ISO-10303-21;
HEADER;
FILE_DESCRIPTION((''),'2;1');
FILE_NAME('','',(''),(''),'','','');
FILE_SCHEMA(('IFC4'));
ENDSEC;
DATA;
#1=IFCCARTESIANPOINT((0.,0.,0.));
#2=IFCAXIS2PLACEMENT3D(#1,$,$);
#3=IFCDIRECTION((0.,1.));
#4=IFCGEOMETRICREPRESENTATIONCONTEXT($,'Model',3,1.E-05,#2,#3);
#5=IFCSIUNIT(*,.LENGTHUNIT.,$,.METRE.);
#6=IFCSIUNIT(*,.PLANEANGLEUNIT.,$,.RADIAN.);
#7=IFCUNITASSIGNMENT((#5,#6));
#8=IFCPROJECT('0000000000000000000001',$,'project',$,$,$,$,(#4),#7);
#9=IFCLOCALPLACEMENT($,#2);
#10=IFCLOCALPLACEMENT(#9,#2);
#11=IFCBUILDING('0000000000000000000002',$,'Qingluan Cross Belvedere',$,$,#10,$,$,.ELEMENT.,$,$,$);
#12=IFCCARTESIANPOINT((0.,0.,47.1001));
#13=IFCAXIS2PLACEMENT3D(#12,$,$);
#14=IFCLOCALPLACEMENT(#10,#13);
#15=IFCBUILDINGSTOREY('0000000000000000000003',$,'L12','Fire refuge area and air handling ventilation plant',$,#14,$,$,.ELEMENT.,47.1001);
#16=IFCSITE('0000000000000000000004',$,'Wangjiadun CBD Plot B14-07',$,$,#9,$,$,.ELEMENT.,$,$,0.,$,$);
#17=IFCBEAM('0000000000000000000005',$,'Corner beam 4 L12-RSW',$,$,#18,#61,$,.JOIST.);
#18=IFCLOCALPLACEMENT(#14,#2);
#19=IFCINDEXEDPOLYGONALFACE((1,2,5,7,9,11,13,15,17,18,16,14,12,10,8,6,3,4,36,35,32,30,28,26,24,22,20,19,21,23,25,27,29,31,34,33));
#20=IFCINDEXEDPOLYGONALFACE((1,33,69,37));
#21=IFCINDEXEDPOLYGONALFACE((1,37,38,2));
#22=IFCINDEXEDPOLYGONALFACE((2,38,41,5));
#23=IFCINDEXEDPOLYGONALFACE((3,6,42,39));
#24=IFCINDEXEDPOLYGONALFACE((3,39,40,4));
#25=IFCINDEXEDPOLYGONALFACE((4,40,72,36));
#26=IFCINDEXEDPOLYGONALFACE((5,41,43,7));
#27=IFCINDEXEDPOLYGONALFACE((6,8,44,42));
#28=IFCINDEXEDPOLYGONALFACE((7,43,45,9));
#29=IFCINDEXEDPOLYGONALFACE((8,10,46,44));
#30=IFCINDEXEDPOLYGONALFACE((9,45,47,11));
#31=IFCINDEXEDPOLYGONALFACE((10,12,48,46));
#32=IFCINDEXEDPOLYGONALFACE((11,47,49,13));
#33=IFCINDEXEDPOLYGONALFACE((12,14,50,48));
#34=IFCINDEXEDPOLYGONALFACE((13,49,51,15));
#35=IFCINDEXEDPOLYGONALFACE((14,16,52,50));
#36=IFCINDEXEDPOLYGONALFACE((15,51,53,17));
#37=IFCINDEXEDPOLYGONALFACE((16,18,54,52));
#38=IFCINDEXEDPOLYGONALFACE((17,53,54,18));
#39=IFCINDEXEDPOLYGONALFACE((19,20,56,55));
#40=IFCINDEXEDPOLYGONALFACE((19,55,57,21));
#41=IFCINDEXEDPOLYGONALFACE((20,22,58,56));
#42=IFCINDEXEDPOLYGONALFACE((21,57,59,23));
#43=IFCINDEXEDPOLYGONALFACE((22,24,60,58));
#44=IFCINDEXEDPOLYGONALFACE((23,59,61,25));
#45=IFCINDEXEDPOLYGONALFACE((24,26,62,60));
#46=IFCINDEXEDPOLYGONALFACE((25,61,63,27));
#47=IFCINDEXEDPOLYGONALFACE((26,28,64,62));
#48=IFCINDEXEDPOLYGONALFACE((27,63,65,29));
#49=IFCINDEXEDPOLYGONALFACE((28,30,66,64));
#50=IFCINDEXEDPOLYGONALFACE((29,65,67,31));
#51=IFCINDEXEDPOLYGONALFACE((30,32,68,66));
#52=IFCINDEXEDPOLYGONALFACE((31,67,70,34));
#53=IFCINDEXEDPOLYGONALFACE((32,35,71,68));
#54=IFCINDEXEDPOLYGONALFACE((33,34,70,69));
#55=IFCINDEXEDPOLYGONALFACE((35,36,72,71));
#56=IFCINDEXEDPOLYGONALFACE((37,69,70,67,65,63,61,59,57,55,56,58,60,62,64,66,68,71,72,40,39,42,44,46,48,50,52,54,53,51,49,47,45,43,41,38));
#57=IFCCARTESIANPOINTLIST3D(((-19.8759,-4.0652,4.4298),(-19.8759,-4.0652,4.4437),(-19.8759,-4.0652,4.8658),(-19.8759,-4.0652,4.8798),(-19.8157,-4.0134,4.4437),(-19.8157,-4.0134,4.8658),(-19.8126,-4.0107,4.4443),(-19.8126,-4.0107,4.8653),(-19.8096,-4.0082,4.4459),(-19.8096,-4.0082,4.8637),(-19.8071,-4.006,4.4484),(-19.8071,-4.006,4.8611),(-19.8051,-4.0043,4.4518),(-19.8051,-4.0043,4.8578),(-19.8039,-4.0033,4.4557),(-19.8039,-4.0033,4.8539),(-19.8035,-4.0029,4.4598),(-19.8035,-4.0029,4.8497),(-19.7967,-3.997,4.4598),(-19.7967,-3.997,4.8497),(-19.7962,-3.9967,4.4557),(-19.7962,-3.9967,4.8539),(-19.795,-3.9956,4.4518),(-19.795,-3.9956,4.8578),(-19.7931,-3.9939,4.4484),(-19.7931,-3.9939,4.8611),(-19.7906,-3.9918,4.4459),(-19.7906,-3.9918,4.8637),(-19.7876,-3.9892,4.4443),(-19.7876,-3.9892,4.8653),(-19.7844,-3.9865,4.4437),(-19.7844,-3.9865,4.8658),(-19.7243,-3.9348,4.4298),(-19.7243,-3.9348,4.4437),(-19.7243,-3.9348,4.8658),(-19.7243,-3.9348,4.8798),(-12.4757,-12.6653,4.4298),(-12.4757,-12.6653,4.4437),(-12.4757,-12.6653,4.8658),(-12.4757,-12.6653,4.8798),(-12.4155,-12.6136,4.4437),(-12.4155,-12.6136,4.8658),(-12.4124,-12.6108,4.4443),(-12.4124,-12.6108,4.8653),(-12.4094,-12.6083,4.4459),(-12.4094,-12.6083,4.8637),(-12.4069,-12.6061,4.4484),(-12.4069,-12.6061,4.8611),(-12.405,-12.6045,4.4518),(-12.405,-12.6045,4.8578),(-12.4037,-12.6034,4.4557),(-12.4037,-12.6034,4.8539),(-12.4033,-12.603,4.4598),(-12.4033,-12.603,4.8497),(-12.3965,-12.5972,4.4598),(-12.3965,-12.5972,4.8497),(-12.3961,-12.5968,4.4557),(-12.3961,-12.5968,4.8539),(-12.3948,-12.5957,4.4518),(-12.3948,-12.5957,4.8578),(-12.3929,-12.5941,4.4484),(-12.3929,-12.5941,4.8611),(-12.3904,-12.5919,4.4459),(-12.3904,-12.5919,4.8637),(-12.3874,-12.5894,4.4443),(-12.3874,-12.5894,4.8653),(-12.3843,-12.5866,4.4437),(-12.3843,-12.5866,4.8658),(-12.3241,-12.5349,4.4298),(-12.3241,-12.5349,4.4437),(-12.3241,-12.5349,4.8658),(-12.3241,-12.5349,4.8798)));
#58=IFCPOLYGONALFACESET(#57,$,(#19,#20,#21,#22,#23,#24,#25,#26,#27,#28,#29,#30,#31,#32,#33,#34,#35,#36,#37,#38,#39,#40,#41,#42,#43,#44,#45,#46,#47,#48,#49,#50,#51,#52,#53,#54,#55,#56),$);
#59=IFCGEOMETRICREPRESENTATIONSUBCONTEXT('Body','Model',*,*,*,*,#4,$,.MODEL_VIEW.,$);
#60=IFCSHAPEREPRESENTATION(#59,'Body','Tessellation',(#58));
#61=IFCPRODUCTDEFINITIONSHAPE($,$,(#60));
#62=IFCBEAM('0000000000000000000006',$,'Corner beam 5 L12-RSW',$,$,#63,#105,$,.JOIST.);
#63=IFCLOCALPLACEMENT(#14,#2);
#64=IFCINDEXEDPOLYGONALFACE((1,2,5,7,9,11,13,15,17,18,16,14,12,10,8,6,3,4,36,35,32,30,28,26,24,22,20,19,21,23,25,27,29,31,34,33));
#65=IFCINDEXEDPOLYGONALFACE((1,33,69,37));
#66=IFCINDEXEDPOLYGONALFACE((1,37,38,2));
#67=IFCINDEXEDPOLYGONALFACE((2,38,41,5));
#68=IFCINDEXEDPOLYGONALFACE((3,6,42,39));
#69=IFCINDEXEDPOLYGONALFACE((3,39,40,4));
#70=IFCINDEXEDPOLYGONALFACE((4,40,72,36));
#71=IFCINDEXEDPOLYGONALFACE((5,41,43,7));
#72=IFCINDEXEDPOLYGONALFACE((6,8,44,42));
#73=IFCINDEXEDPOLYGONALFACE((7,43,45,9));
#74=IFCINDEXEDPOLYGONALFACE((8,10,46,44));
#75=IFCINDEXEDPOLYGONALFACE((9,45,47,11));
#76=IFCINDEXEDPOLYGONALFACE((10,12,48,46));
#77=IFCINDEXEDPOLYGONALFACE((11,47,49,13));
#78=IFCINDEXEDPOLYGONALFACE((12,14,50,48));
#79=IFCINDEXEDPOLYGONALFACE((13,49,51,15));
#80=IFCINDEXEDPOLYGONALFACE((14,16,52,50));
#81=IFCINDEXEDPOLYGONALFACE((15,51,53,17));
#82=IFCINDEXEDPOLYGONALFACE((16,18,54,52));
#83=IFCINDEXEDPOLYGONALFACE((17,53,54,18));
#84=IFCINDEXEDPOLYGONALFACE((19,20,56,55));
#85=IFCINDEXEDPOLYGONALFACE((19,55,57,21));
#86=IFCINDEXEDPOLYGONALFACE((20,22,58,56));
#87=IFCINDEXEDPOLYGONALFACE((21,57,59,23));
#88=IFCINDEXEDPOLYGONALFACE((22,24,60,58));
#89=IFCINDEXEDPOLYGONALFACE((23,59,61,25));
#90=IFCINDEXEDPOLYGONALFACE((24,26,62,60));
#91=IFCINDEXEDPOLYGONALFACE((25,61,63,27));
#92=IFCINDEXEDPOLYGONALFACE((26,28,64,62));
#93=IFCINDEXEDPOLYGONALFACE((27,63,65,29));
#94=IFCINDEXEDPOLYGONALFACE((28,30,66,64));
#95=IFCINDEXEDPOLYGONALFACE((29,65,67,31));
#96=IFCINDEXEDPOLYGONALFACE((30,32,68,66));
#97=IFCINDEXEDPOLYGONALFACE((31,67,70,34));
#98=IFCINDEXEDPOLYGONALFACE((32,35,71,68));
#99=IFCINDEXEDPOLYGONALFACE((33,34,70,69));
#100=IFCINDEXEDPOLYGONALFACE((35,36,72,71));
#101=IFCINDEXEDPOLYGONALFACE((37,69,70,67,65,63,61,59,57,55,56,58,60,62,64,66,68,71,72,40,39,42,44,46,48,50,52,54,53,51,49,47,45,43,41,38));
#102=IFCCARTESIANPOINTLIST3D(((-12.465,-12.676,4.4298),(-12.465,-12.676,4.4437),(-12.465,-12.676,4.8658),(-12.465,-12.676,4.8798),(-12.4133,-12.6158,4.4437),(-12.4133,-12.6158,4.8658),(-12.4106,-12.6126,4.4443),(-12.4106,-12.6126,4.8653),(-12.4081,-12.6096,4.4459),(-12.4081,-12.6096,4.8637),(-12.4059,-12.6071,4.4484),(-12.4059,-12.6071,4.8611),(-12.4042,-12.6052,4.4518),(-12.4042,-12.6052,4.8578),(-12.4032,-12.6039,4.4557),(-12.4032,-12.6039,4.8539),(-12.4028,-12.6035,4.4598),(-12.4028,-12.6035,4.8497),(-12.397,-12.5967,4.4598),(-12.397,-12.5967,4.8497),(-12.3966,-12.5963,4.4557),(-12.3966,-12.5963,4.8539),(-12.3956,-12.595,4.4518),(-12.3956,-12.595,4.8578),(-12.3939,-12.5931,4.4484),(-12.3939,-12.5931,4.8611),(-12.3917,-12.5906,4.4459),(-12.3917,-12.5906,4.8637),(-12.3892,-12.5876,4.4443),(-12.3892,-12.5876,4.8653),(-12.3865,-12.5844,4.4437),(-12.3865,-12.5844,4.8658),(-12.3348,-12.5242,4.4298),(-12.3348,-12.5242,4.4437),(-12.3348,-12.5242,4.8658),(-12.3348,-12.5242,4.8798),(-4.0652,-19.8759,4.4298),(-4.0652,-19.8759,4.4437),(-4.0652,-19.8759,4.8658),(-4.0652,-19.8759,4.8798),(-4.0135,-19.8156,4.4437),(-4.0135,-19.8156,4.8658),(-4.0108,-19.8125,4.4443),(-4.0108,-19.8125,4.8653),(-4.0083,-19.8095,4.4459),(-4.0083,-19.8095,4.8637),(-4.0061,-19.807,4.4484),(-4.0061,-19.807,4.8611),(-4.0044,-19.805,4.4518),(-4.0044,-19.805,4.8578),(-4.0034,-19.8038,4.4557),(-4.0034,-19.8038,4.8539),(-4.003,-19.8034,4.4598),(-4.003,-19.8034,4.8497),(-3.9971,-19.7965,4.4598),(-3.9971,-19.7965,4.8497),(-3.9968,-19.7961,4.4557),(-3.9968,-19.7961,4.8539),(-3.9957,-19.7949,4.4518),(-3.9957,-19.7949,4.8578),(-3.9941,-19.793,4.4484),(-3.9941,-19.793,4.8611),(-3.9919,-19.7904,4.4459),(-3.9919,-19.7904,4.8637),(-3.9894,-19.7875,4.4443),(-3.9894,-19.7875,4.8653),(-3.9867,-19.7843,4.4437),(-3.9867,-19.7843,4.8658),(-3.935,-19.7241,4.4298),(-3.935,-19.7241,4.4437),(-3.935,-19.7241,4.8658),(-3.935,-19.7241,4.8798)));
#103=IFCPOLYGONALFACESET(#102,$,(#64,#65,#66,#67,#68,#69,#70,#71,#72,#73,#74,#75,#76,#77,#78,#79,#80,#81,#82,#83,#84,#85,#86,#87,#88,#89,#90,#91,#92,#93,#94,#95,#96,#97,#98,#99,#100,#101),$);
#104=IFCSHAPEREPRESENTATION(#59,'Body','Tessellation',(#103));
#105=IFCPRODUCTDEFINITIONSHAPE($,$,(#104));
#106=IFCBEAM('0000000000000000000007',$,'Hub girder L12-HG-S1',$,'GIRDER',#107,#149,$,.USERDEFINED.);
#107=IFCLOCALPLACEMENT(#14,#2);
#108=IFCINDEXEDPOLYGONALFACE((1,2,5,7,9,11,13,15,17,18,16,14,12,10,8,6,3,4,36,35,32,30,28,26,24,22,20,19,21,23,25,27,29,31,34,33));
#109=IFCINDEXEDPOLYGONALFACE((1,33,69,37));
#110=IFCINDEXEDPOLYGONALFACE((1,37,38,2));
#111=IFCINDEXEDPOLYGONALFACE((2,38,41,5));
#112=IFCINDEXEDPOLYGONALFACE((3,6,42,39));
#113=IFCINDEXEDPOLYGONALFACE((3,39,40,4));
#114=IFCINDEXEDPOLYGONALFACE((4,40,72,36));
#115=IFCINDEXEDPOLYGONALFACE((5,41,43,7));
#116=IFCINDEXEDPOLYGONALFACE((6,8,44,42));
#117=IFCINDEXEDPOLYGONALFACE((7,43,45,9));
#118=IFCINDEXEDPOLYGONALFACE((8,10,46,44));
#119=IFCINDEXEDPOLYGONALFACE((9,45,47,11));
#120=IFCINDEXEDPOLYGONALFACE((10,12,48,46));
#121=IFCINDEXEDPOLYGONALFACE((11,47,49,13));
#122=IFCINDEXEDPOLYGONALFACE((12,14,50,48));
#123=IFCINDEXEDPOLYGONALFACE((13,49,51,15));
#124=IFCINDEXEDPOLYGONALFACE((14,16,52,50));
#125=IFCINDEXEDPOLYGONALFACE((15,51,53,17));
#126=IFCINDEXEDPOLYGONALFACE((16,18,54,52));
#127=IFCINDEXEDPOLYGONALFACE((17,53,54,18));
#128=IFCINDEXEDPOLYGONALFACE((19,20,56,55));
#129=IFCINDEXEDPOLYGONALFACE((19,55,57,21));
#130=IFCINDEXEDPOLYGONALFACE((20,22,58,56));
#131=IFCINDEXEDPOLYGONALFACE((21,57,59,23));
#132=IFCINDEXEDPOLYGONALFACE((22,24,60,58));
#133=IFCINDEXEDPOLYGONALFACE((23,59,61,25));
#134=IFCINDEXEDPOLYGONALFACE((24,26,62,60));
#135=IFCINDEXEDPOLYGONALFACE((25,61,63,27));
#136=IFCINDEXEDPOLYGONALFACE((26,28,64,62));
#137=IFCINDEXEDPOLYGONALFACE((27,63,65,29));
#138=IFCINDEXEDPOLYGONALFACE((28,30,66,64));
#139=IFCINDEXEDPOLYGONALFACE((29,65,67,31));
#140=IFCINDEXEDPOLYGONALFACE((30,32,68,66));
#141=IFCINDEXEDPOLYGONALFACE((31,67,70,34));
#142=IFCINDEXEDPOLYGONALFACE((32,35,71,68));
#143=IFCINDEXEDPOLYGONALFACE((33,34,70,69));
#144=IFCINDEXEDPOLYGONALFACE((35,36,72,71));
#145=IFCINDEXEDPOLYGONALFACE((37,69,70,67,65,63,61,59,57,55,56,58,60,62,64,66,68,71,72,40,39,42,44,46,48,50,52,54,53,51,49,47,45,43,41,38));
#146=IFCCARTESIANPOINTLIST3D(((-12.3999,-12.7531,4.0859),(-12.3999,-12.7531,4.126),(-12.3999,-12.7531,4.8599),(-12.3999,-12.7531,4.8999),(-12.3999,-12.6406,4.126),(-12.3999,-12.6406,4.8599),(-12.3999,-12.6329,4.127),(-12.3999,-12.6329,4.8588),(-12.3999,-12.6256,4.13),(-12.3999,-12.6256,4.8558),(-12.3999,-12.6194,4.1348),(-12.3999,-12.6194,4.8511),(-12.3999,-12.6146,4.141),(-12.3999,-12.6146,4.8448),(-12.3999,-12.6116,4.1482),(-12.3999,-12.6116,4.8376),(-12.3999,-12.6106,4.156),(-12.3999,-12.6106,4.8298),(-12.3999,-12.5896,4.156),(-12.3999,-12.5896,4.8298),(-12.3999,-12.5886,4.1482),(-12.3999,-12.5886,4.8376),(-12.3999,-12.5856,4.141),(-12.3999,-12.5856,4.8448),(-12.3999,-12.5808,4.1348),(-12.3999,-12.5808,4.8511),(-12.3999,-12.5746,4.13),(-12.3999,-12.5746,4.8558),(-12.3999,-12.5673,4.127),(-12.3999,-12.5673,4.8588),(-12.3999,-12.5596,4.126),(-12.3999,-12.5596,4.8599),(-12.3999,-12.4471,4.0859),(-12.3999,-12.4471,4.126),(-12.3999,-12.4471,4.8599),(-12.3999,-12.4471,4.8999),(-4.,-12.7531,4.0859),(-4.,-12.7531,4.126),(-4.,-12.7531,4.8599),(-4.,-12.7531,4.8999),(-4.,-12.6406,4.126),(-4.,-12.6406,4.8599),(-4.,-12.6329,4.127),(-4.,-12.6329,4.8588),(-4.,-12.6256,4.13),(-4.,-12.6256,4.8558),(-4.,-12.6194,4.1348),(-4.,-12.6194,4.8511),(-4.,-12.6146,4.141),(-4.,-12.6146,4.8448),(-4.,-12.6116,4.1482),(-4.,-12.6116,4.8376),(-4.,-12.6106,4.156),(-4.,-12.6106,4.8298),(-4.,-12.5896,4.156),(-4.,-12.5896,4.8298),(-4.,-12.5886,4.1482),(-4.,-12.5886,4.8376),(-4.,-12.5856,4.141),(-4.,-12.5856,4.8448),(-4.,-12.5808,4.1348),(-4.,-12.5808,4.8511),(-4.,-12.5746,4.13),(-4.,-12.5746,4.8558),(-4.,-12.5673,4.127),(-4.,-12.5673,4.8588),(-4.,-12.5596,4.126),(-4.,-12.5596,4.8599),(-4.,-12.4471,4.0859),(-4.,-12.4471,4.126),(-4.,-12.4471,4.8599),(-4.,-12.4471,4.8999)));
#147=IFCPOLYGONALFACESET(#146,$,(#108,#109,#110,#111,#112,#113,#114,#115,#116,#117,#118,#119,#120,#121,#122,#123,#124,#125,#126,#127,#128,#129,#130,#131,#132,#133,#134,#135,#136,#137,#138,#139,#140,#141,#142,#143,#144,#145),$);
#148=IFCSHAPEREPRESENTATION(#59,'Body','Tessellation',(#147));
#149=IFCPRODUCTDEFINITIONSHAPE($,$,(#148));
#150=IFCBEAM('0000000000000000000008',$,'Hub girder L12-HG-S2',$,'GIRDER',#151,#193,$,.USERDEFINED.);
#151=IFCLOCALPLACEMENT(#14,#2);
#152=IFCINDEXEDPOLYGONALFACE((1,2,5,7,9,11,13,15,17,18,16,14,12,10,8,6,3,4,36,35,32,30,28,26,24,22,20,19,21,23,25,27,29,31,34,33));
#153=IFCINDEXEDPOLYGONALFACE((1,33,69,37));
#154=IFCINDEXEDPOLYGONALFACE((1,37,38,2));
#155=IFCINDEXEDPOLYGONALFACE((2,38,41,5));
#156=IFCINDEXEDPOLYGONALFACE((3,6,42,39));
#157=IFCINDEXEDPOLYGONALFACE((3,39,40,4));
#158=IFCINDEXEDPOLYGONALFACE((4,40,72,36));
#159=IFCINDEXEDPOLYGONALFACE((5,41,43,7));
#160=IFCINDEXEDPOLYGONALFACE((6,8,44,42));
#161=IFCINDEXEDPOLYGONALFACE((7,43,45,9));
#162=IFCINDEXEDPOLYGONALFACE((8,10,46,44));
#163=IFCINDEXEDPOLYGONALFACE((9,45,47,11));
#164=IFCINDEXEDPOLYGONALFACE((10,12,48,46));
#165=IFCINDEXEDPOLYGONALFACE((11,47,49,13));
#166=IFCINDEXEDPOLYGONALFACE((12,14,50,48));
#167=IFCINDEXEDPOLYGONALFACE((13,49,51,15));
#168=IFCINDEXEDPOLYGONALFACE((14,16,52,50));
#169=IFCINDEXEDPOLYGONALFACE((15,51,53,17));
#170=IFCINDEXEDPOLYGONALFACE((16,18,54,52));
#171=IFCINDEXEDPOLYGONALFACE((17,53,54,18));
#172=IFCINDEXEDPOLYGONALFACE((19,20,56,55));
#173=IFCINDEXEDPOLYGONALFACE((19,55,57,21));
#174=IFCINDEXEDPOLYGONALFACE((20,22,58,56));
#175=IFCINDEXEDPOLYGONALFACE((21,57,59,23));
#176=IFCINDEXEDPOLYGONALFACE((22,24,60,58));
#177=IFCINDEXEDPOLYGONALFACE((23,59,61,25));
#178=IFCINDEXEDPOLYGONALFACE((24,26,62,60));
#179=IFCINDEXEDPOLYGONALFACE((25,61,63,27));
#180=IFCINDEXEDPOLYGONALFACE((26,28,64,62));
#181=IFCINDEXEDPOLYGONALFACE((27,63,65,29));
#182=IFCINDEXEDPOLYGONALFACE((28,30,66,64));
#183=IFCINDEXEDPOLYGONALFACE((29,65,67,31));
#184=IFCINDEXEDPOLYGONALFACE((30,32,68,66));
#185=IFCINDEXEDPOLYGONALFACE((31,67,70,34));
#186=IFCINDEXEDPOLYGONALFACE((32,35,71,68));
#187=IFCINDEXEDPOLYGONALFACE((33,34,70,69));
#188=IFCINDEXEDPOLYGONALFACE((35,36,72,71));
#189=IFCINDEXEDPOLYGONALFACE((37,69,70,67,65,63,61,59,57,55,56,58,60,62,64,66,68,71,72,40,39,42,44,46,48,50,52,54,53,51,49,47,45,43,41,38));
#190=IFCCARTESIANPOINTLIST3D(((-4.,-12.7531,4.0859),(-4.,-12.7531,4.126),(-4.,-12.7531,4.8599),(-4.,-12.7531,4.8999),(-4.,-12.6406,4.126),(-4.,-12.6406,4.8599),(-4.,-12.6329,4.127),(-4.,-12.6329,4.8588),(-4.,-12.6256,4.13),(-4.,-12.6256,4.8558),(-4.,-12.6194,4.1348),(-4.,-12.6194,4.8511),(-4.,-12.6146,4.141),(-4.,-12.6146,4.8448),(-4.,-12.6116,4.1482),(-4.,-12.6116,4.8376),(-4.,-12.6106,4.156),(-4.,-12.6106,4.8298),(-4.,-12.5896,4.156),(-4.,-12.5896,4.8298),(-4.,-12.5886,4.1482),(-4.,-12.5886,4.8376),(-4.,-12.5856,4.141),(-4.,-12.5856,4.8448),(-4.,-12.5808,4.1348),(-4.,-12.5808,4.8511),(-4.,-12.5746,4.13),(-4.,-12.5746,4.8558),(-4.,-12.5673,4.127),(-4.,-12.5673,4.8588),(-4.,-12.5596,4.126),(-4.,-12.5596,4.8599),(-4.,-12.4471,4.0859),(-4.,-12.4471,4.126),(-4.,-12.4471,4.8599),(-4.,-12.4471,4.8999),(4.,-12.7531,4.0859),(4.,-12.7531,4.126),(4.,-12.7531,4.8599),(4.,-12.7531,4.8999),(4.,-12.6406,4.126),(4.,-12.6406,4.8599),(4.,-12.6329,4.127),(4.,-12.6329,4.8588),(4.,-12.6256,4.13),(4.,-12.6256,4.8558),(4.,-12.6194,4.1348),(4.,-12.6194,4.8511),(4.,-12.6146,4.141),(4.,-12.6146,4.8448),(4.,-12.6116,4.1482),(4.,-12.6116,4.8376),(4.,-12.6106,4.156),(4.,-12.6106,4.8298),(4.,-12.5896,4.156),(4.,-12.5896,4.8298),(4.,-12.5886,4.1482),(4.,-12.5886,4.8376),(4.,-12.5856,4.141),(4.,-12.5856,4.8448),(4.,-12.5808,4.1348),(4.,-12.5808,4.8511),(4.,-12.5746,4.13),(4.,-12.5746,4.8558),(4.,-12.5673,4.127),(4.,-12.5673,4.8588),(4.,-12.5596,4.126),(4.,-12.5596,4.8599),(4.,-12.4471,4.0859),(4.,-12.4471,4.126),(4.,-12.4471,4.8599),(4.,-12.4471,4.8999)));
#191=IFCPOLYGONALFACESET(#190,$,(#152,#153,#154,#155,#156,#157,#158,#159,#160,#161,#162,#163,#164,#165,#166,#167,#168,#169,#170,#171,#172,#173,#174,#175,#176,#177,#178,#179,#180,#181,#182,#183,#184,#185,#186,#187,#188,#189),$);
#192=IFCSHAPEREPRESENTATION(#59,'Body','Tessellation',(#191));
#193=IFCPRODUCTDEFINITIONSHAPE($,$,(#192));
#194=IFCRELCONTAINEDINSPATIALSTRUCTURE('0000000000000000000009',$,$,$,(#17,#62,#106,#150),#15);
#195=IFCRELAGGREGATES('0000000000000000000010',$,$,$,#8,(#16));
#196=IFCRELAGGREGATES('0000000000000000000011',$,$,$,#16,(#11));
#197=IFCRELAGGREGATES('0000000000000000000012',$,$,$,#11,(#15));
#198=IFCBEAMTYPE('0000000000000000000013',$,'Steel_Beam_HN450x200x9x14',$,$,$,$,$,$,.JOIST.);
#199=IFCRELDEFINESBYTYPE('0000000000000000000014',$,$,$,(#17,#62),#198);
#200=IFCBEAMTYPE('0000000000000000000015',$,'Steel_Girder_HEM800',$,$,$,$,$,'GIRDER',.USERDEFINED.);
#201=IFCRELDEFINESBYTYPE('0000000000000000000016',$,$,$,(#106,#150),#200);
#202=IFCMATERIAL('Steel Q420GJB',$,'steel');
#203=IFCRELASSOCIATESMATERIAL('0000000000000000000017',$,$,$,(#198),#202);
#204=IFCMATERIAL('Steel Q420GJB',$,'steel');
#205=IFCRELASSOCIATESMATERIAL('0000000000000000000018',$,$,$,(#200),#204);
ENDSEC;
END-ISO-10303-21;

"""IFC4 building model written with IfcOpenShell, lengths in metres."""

from ifc_helpers import new_model, si_unit, direction, frame, origin, origin_2d, place, context, subcontext, project, spatial, i_section, extrude, material, material_profile, profile_set, type_object, element, save


model = new_model("IFC4")

# Units and contexts
model_context = context("Model", 3, precision=1e-05, world=origin(), true_north=direction((0.0, 1.0)))
body_context = subcontext(model_context, "Body", "Model", "MODEL_VIEW")
ifc_project = project(units=[si_unit("LENGTHUNIT", "METRE"), si_unit("PLANEANGLEUNIT", "RADIAN")], contexts=[model_context])

# Site, building, storey
site_placement = place(None, origin())
site = spatial("IfcSite", under=ifc_project, at=site_placement, Name="Wangjiadun CBD Plot B14-07", CompositionType="ELEMENT", RefElevation=0.0)
building_placement = place(site_placement, origin())
building = spatial("IfcBuilding", under=site, at=building_placement, Name="Qingluan Cross Belvedere", CompositionType="ELEMENT")
storey_placement = place(building_placement, frame((0.0, 0.0, 47.1001)))
storey = spatial("IfcBuildingStorey", under=building, at=storey_placement, Name="L12", Description="Fire refuge area and air handling ventilation plant", CompositionType="ELEMENT", Elevation=47.1001)

# Beams
ifc_material_1 = material(Name="Steel Q420GJB", Category="steel")
ifc_material_profile_1 = material_profile(ifc_material_1, i_section(OverallWidth=0.2, OverallDepth=0.45, WebThickness=0.009, FlangeThickness=0.0139, FilletRadius=0.0161, at=origin_2d()), Name="HN450x200x9x14")
ifc_profile_set_1 = profile_set([ifc_material_profile_1], Name="Steel Q420GJB")
beam_type_1 = type_object("IfcBeamType", Name="Steel_Beam_HN450x200x9x14", PredefinedType="JOIST", material=ifc_profile_set_1)
beam_1_placement = place(storey_placement, frame((-12.3999, -12.6001, 4.6548), z_axis=(-0.652245, 0.758008, 0.0), x_axis=(-0.758008, -0.652245, 0.0)))
element("IfcBeam", 1, at=beam_1_placement, inside=storey, type_object=beam_type_1, Name="Corner beam 4 L12-RSW", PredefinedType="JOIST", context=body_context, shape_type="SweptSolid", body=[
    extrude(i_section(OverallWidth=0.2, OverallDepth=0.45, WebThickness=0.009, FlangeThickness=0.0139, FilletRadius=0.0161, at=origin_2d()), origin(), (0.0, 0.0, 1.0), 11.3457),
])
beam_2_placement = place(storey_placement, frame((-12.3999, -12.6001, 4.6548), z_axis=(0.759255, -0.650793, 0.0), x_axis=(0.650793, 0.759255, 0.0)))
element("IfcBeam", 2, at=beam_2_placement, inside=storey, type_object=beam_type_1, Name="Corner beam 5 L12-RSW", PredefinedType="JOIST", context=body_context, shape_type="SweptSolid", body=[
    extrude(i_section(OverallWidth=0.2, OverallDepth=0.45, WebThickness=0.009, FlangeThickness=0.0139, FilletRadius=0.0161, at=origin_2d()), origin(), (0.0, 0.0, 1.0), 11.0632),
])
ifc_material_2 = material(Name="Steel Q420GJB", Category="steel")
ifc_material_profile_2 = material_profile(ifc_material_2, i_section(OverallWidth=0.3059, OverallDepth=0.814, WebThickness=0.021, FlangeThickness=0.04, FilletRadius=0.03, at=origin_2d()), Name="HEM800")
ifc_profile_set_2 = profile_set([ifc_material_profile_2], Name="Steel Q420GJB")
beam_type_2 = type_object("IfcBeamType", Name="Steel_Girder_HEM800", ElementType="GIRDER", PredefinedType="USERDEFINED", material=ifc_profile_set_2)
beam_3_placement = place(storey_placement, frame((-12.3999, -12.6001, 4.4929), z_axis=(1.0, 0.0, 0.0), x_axis=(0.0, 1.0, 0.0)))
element("IfcBeam", 3, at=beam_3_placement, inside=storey, type_object=beam_type_2, Name="Hub girder L12-HG-S1", ObjectType="GIRDER", PredefinedType="USERDEFINED", context=body_context, shape_type="SweptSolid", body=[
    extrude(i_section(OverallWidth=0.3059, OverallDepth=0.814, WebThickness=0.021, FlangeThickness=0.04, FilletRadius=0.03, at=origin_2d()), origin(), (0.0, 0.0, 1.0), 8.3999),
])
beam_4_placement = place(storey_placement, frame((-4.0, -12.6001, 4.4929), z_axis=(1.0, 0.0, 0.0), x_axis=(0.0, 1.0, 0.0)))
element("IfcBeam", 4, at=beam_4_placement, inside=storey, type_object=beam_type_2, Name="Hub girder L12-HG-S2", ObjectType="GIRDER", PredefinedType="USERDEFINED", context=body_context, shape_type="SweptSolid", body=[
    extrude(i_section(OverallWidth=0.3059, OverallDepth=0.814, WebThickness=0.021, FlangeThickness=0.04, FilletRadius=0.03, at=origin_2d()), origin(), (0.0, 0.0, 1.0), 8.0),
])

save(model, "model.ifc")
